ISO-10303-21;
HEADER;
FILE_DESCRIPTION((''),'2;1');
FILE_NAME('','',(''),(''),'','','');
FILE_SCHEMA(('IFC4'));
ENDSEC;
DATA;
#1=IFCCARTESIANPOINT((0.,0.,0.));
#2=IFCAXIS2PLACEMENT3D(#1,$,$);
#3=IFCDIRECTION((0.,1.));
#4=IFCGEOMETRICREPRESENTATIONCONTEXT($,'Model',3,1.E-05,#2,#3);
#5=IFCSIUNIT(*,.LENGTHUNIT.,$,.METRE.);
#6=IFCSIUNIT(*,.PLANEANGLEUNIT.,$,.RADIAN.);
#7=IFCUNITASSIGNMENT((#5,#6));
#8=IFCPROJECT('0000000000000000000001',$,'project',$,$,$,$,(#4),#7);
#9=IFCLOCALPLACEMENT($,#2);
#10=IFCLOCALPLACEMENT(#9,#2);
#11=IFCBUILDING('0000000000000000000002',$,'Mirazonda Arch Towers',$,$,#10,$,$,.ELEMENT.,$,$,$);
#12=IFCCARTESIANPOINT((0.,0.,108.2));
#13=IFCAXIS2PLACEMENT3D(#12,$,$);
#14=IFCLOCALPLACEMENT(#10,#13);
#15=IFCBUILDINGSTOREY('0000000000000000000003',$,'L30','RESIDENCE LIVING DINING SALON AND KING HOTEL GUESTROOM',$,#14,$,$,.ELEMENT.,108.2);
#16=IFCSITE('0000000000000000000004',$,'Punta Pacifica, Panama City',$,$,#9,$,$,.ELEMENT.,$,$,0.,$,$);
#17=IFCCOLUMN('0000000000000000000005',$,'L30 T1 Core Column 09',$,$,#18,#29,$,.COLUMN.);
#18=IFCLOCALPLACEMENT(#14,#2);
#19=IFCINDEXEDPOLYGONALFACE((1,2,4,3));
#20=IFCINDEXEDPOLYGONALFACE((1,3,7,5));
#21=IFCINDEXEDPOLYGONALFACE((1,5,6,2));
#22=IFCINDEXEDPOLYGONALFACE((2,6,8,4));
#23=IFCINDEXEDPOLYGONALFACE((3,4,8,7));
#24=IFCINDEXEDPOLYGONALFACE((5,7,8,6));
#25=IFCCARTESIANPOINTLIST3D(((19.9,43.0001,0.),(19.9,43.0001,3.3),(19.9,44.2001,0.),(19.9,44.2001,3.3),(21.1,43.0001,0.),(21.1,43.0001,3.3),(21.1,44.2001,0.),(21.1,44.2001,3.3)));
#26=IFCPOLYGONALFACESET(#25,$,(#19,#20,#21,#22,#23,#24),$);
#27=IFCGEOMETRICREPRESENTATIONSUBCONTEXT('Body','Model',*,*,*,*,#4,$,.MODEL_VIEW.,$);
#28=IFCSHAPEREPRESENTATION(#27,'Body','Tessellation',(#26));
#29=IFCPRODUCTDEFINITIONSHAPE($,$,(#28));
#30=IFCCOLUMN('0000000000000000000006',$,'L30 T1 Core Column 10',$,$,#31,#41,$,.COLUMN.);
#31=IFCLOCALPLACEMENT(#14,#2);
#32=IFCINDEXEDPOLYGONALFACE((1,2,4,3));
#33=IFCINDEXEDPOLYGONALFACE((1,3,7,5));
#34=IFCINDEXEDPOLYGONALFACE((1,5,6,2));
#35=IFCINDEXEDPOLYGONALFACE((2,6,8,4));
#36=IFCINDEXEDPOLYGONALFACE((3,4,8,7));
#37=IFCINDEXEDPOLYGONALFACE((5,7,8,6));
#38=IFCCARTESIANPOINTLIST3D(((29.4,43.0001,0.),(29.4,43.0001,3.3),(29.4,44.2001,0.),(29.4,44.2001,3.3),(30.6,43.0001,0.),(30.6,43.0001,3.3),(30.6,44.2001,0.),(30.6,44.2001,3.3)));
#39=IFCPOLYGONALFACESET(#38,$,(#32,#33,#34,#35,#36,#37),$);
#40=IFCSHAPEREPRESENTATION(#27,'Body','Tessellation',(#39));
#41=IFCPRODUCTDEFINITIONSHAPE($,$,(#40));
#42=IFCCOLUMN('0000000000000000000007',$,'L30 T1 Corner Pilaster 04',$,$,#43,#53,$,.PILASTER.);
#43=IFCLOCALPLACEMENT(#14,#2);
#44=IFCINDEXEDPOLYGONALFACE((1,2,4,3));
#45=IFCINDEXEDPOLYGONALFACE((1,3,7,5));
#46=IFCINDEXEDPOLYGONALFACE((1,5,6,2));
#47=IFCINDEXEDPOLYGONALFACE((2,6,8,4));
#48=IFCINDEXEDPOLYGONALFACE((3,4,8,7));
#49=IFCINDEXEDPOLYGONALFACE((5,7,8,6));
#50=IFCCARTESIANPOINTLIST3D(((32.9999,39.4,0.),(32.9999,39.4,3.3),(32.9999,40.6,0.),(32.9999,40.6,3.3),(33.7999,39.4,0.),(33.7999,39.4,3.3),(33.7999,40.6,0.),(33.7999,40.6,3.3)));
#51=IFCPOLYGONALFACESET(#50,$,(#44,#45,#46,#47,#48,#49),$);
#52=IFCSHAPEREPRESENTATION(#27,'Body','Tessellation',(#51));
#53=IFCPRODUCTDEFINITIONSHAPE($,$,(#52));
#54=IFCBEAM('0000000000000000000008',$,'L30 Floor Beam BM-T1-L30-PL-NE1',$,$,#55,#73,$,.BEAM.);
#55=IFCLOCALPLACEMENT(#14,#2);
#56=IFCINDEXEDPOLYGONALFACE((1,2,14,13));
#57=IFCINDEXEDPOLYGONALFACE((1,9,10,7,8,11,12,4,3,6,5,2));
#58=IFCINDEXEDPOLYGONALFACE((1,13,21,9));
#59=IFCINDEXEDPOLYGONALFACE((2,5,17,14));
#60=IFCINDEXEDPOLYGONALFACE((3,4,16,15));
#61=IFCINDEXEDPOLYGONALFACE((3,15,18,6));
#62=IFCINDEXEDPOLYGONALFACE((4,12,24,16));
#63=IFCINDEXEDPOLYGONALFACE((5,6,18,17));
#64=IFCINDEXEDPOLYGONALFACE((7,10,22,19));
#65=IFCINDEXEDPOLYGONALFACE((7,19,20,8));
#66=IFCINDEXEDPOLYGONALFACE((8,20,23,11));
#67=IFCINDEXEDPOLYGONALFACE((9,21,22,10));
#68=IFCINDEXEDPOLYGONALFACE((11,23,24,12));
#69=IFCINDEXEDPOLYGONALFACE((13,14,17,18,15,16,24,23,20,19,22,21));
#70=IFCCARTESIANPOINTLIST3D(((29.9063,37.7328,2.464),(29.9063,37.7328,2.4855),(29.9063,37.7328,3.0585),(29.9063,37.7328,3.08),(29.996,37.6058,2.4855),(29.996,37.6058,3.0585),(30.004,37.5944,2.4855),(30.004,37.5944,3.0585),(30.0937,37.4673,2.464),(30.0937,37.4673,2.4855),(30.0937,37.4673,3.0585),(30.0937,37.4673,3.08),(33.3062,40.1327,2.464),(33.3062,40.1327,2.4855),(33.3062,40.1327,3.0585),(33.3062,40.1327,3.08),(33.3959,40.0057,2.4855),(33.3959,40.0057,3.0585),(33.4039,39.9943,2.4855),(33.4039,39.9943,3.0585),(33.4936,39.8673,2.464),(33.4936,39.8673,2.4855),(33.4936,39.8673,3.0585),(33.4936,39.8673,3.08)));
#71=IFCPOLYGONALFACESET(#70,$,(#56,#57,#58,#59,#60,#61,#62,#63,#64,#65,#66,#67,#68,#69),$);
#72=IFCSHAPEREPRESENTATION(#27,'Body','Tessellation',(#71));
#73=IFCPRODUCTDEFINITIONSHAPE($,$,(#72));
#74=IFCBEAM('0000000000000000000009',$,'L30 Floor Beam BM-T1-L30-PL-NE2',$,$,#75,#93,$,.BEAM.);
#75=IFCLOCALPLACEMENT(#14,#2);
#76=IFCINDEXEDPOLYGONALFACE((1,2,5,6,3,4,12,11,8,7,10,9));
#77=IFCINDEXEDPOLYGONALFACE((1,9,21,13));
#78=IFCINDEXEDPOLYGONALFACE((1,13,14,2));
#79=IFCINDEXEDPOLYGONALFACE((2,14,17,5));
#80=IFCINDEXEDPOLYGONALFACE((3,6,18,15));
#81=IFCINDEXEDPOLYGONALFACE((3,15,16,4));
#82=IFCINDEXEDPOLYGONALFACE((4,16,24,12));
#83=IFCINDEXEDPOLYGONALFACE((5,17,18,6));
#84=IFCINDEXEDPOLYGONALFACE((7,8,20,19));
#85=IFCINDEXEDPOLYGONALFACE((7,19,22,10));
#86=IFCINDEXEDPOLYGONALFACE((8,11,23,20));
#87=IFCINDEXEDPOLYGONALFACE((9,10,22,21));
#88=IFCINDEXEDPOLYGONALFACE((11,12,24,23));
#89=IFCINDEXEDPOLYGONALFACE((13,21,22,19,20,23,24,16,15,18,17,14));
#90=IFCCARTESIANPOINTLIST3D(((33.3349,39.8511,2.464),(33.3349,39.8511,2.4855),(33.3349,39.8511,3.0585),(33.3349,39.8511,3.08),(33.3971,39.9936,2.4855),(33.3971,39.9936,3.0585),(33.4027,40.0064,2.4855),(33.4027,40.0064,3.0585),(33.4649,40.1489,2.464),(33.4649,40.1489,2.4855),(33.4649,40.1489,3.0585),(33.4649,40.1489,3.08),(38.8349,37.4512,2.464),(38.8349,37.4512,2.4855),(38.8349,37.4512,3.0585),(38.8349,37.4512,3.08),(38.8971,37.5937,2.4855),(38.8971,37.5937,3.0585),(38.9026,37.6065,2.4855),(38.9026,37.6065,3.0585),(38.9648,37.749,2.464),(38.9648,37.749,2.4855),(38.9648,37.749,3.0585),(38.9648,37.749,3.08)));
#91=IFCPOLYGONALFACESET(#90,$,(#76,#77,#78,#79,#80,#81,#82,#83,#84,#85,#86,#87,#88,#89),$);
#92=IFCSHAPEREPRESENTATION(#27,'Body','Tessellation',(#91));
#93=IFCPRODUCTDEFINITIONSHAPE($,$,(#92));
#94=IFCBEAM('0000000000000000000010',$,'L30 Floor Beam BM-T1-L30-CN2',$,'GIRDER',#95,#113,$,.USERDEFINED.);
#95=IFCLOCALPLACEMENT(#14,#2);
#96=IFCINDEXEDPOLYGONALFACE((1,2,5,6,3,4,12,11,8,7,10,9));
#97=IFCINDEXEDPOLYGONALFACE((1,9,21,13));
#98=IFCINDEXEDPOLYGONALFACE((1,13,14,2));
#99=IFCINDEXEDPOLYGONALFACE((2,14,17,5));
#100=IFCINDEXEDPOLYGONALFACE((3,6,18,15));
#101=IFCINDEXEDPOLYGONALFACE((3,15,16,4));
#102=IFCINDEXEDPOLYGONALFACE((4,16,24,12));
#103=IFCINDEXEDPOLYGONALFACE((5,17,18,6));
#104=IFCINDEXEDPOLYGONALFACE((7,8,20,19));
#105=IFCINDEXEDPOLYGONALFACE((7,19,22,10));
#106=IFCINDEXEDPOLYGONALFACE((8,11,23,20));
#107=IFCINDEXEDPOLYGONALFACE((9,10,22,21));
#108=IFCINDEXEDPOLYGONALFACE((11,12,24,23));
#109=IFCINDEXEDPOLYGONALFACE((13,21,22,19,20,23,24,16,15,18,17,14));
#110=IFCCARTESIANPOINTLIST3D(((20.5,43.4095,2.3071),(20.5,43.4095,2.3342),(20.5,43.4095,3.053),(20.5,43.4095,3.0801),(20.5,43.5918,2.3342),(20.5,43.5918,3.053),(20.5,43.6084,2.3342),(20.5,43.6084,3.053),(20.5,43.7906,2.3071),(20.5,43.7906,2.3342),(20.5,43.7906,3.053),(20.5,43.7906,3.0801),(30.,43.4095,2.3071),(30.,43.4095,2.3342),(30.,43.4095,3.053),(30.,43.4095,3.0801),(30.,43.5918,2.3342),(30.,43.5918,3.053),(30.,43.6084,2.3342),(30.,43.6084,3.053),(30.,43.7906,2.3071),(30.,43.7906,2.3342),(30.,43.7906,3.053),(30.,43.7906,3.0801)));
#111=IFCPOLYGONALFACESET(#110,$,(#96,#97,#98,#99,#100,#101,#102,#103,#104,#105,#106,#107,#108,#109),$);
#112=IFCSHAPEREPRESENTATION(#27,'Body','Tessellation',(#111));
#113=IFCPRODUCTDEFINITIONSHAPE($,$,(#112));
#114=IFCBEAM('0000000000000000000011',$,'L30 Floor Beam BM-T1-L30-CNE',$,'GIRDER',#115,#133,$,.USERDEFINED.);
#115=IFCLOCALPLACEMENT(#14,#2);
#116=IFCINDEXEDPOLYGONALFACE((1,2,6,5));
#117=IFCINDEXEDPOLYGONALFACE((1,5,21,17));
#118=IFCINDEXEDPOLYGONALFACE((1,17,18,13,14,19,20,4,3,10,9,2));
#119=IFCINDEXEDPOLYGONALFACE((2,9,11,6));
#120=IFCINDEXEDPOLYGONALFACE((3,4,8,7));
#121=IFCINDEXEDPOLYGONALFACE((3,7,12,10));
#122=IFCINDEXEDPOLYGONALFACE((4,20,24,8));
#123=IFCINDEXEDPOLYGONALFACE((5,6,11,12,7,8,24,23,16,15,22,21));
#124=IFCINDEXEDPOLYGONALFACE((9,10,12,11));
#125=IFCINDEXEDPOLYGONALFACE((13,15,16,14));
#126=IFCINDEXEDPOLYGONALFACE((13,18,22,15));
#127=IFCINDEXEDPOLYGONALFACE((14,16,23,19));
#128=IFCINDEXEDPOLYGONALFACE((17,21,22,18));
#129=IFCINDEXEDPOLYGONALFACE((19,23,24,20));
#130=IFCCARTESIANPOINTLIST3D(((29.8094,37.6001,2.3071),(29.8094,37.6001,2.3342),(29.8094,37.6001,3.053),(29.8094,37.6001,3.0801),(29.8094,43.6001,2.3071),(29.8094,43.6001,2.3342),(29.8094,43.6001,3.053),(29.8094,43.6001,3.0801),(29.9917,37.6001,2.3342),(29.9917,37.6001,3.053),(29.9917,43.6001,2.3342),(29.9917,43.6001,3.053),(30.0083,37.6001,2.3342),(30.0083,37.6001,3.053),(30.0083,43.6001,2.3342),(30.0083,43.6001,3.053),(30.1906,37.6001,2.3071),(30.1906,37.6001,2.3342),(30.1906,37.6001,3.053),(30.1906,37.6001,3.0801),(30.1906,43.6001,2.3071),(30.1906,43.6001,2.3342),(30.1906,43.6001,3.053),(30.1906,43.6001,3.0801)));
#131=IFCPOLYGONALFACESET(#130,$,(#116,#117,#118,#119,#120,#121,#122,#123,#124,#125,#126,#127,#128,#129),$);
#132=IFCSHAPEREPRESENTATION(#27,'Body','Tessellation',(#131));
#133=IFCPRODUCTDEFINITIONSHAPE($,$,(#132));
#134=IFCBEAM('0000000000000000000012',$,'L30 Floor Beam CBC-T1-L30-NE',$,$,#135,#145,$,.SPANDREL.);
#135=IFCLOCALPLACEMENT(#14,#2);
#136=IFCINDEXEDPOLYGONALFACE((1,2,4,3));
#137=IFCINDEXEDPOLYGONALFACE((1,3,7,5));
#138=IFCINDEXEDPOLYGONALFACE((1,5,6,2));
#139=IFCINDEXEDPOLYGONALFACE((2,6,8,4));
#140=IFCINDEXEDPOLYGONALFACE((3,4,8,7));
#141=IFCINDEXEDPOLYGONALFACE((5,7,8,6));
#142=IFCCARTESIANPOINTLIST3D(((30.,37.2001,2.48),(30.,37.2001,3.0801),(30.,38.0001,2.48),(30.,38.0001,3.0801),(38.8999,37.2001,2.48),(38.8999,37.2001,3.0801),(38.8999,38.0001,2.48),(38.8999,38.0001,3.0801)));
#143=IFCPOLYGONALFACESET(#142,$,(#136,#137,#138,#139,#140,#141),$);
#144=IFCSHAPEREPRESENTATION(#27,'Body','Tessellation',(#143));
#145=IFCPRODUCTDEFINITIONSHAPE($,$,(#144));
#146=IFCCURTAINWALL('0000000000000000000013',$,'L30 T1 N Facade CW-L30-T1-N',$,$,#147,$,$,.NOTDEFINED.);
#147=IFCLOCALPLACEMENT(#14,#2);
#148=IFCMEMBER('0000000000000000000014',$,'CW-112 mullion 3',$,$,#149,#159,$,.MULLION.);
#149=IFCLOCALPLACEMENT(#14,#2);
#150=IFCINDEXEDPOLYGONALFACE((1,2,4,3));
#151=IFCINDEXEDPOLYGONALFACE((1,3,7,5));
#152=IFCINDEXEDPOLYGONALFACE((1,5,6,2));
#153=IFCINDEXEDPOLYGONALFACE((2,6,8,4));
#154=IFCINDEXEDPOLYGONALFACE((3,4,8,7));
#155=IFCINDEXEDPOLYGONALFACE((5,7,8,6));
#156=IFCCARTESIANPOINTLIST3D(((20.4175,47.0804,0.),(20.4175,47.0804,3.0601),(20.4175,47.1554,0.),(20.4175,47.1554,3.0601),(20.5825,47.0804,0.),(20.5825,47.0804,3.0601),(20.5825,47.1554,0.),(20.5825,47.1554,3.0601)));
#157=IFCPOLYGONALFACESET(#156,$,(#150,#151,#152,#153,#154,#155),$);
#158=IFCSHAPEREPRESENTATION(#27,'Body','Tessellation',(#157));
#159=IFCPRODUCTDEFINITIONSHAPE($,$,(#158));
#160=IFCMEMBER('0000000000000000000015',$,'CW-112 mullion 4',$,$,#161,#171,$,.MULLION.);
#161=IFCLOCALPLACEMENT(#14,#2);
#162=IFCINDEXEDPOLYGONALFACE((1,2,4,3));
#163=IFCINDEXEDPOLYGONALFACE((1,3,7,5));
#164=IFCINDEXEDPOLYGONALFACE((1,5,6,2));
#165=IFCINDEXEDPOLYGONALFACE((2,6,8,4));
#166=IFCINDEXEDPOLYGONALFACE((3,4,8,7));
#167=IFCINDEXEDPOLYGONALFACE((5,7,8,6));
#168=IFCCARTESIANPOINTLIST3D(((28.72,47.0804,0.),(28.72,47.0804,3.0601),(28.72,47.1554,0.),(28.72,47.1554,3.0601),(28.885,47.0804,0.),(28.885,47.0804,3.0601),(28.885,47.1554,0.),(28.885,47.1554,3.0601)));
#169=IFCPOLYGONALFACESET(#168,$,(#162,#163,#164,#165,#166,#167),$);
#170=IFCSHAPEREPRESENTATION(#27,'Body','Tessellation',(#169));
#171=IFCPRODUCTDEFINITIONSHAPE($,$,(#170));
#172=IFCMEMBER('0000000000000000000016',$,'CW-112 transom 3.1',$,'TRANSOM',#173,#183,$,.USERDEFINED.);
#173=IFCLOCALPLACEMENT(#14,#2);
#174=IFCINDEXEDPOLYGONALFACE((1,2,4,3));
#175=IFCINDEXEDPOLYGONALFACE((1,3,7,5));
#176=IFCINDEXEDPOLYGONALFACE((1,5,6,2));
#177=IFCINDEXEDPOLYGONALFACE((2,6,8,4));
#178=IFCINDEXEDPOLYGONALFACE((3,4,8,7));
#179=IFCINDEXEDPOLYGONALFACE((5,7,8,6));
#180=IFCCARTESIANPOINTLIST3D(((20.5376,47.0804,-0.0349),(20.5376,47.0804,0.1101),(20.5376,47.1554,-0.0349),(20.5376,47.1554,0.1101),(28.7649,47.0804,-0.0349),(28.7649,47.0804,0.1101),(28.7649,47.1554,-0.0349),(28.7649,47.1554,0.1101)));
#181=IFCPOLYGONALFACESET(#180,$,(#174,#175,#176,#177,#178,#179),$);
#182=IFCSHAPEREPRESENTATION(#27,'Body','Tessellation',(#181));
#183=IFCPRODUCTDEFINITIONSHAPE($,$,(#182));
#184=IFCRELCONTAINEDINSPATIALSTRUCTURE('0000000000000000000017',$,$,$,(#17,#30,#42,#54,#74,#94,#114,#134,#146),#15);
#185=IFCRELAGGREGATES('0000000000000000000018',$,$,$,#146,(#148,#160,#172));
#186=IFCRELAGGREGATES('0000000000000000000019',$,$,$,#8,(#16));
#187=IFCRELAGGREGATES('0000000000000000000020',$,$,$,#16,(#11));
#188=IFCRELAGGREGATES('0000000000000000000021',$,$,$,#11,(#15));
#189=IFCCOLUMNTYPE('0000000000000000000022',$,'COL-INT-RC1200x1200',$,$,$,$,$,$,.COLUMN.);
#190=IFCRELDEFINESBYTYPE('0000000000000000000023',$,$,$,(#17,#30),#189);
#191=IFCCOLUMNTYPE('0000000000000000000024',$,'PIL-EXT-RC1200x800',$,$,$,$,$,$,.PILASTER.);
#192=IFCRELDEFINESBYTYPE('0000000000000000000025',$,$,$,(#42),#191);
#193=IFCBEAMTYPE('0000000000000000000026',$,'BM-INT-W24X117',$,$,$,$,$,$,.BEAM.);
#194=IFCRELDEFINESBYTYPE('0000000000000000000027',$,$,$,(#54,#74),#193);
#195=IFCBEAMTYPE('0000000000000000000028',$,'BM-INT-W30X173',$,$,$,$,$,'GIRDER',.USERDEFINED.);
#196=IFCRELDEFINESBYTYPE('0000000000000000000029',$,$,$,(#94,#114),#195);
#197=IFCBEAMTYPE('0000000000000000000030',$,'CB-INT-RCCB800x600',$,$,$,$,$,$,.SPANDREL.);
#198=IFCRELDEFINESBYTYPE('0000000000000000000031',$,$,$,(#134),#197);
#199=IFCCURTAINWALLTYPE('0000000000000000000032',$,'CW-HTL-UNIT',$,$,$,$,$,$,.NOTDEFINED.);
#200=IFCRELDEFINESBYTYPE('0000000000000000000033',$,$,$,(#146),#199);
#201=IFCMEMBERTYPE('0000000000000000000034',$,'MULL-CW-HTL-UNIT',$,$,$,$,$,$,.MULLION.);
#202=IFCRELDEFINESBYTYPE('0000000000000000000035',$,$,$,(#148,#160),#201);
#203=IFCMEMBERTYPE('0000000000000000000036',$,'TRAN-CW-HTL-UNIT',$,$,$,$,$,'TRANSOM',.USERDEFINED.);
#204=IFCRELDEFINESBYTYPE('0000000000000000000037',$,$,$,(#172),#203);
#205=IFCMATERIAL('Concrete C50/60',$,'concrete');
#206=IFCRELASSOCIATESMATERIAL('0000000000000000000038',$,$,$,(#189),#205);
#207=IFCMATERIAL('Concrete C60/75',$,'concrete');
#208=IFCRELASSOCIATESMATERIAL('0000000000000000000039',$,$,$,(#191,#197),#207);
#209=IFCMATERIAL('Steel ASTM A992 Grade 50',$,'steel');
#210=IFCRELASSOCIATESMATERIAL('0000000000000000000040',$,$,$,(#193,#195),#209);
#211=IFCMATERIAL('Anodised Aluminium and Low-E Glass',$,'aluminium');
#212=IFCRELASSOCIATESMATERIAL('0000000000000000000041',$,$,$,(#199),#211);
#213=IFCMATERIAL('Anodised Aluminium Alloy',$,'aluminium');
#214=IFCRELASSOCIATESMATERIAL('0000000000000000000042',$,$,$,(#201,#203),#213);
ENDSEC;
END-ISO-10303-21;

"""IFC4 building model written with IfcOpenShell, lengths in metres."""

from ifc_helpers import new_model, si_unit, direction, frame, origin, origin_2d, place, context, subcontext, project, spatial, rectangle, i_section, extrude, material, material_profile, profile_set, type_object, element, aggregate, save


model = new_model("IFC4")

# Units and contexts
model_context = context("Model", 3, precision=1e-05, world=origin(), true_north=direction((0.0, 1.0)))
body_context = subcontext(model_context, "Body", "Model", "MODEL_VIEW")
ifc_project = project(units=[si_unit("LENGTHUNIT", "METRE"), si_unit("PLANEANGLEUNIT", "RADIAN")], contexts=[model_context])

# Site, building, storey
site_placement = place(None, origin())
site = spatial("IfcSite", under=ifc_project, at=site_placement, Name="Punta Pacifica, Panama City", CompositionType="ELEMENT", RefElevation=0.0)
building_placement = place(site_placement, origin())
building = spatial("IfcBuilding", under=site, at=building_placement, Name="Mirazonda Arch Towers", CompositionType="ELEMENT")
storey_placement = place(building_placement, frame((0.0, 0.0, 108.2)))
storey = spatial("IfcBuildingStorey", under=building, at=storey_placement, Name="L30", Description="RESIDENCE LIVING DINING SALON AND KING HOTEL GUESTROOM", CompositionType="ELEMENT", Elevation=108.2)

# Columns
ifc_material_1 = material(Name="Concrete C50/60", Category="concrete")
ifc_material_profile_1 = material_profile(ifc_material_1, rectangle(XDim=1.2, YDim=1.2, at=origin_2d()), Name="RC1200x1200")
ifc_profile_set_1 = profile_set([ifc_material_profile_1], Name="Concrete C50/60")
column_type_1 = type_object("IfcColumnType", Name="COL-INT-RC1200x1200", PredefinedType="COLUMN", material=ifc_profile_set_1)
for number, where, z_axis, x_axis, name in (
    (1, (20.5, 43.6001, 0.0), (0.0, 0.0, 1.0), (1.0, 0.0, 0.0), "L30 T1 Core Column 09"),
    (2, (30.0, 43.6001, 0.0), (0.0, 0.0, 1.0), (1.0, 0.0, 0.0), "L30 T1 Core Column 10"),
):
    element("IfcColumn", number, at=place(storey_placement, frame(where, z_axis=z_axis, x_axis=x_axis)), inside=storey, type_object=column_type_1, Name=name, PredefinedType="COLUMN", context=body_context, shape_type="SweptSolid", body=[
        extrude(rectangle(XDim=1.2, YDim=1.2, at=origin_2d()), origin(), (0.0, 0.0, 1.0), 3.3),
    ])
ifc_material_2 = material(Name="Concrete C60/75", Category="concrete")
ifc_material_profile_2 = material_profile(ifc_material_2, rectangle(XDim=0.8, YDim=1.2, at=origin_2d()), Name="RC1200x800")
ifc_profile_set_2 = profile_set([ifc_material_profile_2], Name="Concrete C60/75")
column_type_2 = type_object("IfcColumnType", Name="PIL-EXT-RC1200x800", PredefinedType="PILASTER", material=ifc_profile_set_2)
column_placement = place(storey_placement, frame((33.3999, 40.0, 0.0), z_axis=(0.0, 0.0, 1.0), x_axis=(1.0, 0.0, 0.0)))
element("IfcColumn", 3, at=column_placement, inside=storey, type_object=column_type_2, Name="L30 T1 Corner Pilaster 04", PredefinedType="PILASTER", context=body_context, shape_type="SweptSolid", body=[
    extrude(rectangle(XDim=0.8, YDim=1.2, at=origin_2d()), origin(), (0.0, 0.0, 1.0), 3.3),
])

# Beams
ifc_material_3 = material(Name="Steel ASTM A992 Grade 50", Category="steel")
ifc_material_profile_3 = material_profile(ifc_material_3, i_section(OverallWidth=0.325, OverallDepth=0.616, WebThickness=0.0139, FlangeThickness=0.0215, at=origin_2d()), Name="W24X117")
ifc_profile_set_3 = profile_set([ifc_material_profile_3], Name="Steel ASTM A992 Grade 50")
beam_type_1 = type_object("IfcBeamType", Name="BM-INT-W24X117", PredefinedType="BEAM", material=ifc_profile_set_3)
beam_1_placement = place(storey_placement, frame((33.3999, 40.0, 2.772), z_axis=(-0.816971, -0.576679, 0.0), x_axis=(0.576679, -0.816971, 0.0)))
element("IfcBeam", 4, at=beam_1_placement, inside=storey, type_object=beam_type_1, Name="L30 Floor Beam BM-T1-L30-PL-NE1", PredefinedType="BEAM", context=body_context, shape_type="SweptSolid", body=[
    extrude(i_section(OverallWidth=0.325, OverallDepth=0.616, WebThickness=0.0139, FlangeThickness=0.0215, at=origin_2d()), origin(), (0.0, 0.0, 1.0), 4.1616),
])
beam_2_placement = place(storey_placement, frame((33.3999, 40.0, 2.772), z_axis=(0.916545, -0.399931, 0.0), x_axis=(0.399931, 0.916545, 0.0)))
element("IfcBeam", 5, at=beam_2_placement, inside=storey, type_object=beam_type_1, Name="L30 Floor Beam BM-T1-L30-PL-NE2", PredefinedType="BEAM", context=body_context, shape_type="SweptSolid", body=[
    extrude(i_section(OverallWidth=0.325, OverallDepth=0.616, WebThickness=0.0139, FlangeThickness=0.0215, at=origin_2d()), origin(), (0.0, 0.0, 1.0), 6.0007),
])
ifc_material_profile_4 = material_profile(ifc_material_3, i_section(OverallWidth=0.3811, OverallDepth=0.7729, WebThickness=0.0166, FlangeThickness=0.0271, at=origin_2d()), Name="W30X173")
ifc_profile_set_4 = profile_set([ifc_material_profile_4], Name="Steel ASTM A992 Grade 50")
beam_type_2 = type_object("IfcBeamType", Name="BM-INT-W30X173", ElementType="GIRDER", PredefinedType="USERDEFINED", material=ifc_profile_set_4)
beam_3_placement = place(storey_placement, frame((20.5, 43.6001, 2.6936), z_axis=(1.0, 0.0, 0.0), x_axis=(0.0, 1.0, 0.0)))
element("IfcBeam", 6, at=beam_3_placement, inside=storey, type_object=beam_type_2, Name="L30 Floor Beam BM-T1-L30-CN2", ObjectType="GIRDER", PredefinedType="USERDEFINED", context=body_context, shape_type="SweptSolid", body=[
    extrude(i_section(OverallWidth=0.3811, OverallDepth=0.7729, WebThickness=0.0166, FlangeThickness=0.0271, at=origin_2d()), origin(), (0.0, 0.0, 1.0), 9.5),
])
beam_4_placement = place(storey_placement, frame((30.0, 37.6001, 2.6936), z_axis=(0.0, 1.0, 0.0), x_axis=(-1.0, 0.0, 0.0)))
element("IfcBeam", 7, at=beam_4_placement, inside=storey, type_object=beam_type_2, Name="L30 Floor Beam BM-T1-L30-CNE", ObjectType="GIRDER", PredefinedType="USERDEFINED", context=body_context, shape_type="SweptSolid", body=[
    extrude(i_section(OverallWidth=0.3811, OverallDepth=0.7729, WebThickness=0.0166, FlangeThickness=0.0271, at=origin_2d()), origin(), (0.0, 0.0, 1.0), 6.0),
])
ifc_material_profile_5 = material_profile(ifc_material_2, rectangle(XDim=0.8, YDim=0.6001, at=origin_2d()), Name="RCCB800x600")
ifc_profile_set_5 = profile_set([ifc_material_profile_5], Name="Concrete C60/75")
beam_type_3 = type_object("IfcBeamType", Name="CB-INT-RCCB800x600", PredefinedType="SPANDREL", material=ifc_profile_set_5)
beam_5_placement = place(storey_placement, frame((30.0, 37.6001, 2.78), z_axis=(1.0, 0.0, 0.0), x_axis=(0.0, 1.0, 0.0)))
element("IfcBeam", 8, at=beam_5_placement, inside=storey, type_object=beam_type_3, Name="L30 Floor Beam CBC-T1-L30-NE", PredefinedType="SPANDREL", context=body_context, shape_type="SweptSolid", body=[
    extrude(rectangle(XDim=0.8, YDim=0.6001, at=origin_2d()), origin(), (0.0, 0.0, 1.0), 8.8999),
])

# Curtain wall, members
ifc_material_4 = material(Name="Anodised Aluminium and Low-E Glass", Category="aluminium")
curtain_wall_type = type_object("IfcCurtainWallType", Name="CW-HTL-UNIT", PredefinedType="NOTDEFINED", material=ifc_material_4)
curtain_wall_placement = place(storey_placement, origin())
curtain_wall = element("IfcCurtainWall", 9, at=curtain_wall_placement, inside=storey, type_object=curtain_wall_type, Name="L30 T1 N Facade CW-L30-T1-N", PredefinedType="NOTDEFINED")
ifc_material_5 = material(Name="Anodised Aluminium Alloy", Category="aluminium")
ifc_material_profile_6 = material_profile(ifc_material_5, rectangle(XDim=0.075, YDim=0.165, at=origin_2d()), Name="ALU-MULL-75x165")
ifc_profile_set_6 = profile_set([ifc_material_profile_6], Name="Anodised Aluminium Alloy")
member_type_1 = type_object("IfcMemberType", Name="MULL-CW-HTL-UNIT", PredefinedType="MULLION", material=ifc_profile_set_6)
member_1_placement = place(storey_placement, frame((20.5, 47.1179, 0.0), z_axis=(0.0, 0.0, 1.0), x_axis=(0.0, 1.0, 0.0)))
member_1 = element("IfcMember", 10, at=member_1_placement, type_object=member_type_1, Name="CW-112 mullion 3", PredefinedType="MULLION", context=body_context, shape_type="SweptSolid", body=[
    extrude(rectangle(XDim=0.075, YDim=0.165, at=origin_2d()), origin(), (0.0, 0.0, 1.0), 3.0601),
])
member_2_placement = place(storey_placement, frame((28.8025, 47.1179, 0.0), z_axis=(0.0, 0.0, 1.0), x_axis=(0.0, 1.0, 0.0)))
member_2 = element("IfcMember", 11, at=member_2_placement, type_object=member_type_1, Name="CW-112 mullion 4", PredefinedType="MULLION", context=body_context, shape_type="SweptSolid", body=[
    extrude(rectangle(XDim=0.075, YDim=0.165, at=origin_2d()), origin(), (0.0, 0.0, 1.0), 3.0601),
])
ifc_material_profile_7 = material_profile(ifc_material_5, rectangle(XDim=0.075, YDim=0.145, at=origin_2d()), Name="ALU-TRAN-75x145")
ifc_profile_set_7 = profile_set([ifc_material_profile_7], Name="Anodised Aluminium Alloy")
member_type_2 = type_object("IfcMemberType", Name="TRAN-CW-HTL-UNIT", ElementType="TRANSOM", PredefinedType="USERDEFINED", material=ifc_profile_set_7)
member_3_placement = place(storey_placement, frame((20.5376, 47.1179, 0.0376), z_axis=(1.0, 0.0, 0.0), x_axis=(0.0, 1.0, 0.0)))
member_3 = element("IfcMember", 12, at=member_3_placement, type_object=member_type_2, Name="CW-112 transom 3.1", ObjectType="TRANSOM", PredefinedType="USERDEFINED", context=body_context, shape_type="SweptSolid", body=[
    extrude(rectangle(XDim=0.075, YDim=0.145, at=origin_2d()), origin(), (0.0, 0.0, 1.0), 8.2273),
])
aggregate(curtain_wall, [member_1, member_2, member_3])

save(model, "model.ifc")
